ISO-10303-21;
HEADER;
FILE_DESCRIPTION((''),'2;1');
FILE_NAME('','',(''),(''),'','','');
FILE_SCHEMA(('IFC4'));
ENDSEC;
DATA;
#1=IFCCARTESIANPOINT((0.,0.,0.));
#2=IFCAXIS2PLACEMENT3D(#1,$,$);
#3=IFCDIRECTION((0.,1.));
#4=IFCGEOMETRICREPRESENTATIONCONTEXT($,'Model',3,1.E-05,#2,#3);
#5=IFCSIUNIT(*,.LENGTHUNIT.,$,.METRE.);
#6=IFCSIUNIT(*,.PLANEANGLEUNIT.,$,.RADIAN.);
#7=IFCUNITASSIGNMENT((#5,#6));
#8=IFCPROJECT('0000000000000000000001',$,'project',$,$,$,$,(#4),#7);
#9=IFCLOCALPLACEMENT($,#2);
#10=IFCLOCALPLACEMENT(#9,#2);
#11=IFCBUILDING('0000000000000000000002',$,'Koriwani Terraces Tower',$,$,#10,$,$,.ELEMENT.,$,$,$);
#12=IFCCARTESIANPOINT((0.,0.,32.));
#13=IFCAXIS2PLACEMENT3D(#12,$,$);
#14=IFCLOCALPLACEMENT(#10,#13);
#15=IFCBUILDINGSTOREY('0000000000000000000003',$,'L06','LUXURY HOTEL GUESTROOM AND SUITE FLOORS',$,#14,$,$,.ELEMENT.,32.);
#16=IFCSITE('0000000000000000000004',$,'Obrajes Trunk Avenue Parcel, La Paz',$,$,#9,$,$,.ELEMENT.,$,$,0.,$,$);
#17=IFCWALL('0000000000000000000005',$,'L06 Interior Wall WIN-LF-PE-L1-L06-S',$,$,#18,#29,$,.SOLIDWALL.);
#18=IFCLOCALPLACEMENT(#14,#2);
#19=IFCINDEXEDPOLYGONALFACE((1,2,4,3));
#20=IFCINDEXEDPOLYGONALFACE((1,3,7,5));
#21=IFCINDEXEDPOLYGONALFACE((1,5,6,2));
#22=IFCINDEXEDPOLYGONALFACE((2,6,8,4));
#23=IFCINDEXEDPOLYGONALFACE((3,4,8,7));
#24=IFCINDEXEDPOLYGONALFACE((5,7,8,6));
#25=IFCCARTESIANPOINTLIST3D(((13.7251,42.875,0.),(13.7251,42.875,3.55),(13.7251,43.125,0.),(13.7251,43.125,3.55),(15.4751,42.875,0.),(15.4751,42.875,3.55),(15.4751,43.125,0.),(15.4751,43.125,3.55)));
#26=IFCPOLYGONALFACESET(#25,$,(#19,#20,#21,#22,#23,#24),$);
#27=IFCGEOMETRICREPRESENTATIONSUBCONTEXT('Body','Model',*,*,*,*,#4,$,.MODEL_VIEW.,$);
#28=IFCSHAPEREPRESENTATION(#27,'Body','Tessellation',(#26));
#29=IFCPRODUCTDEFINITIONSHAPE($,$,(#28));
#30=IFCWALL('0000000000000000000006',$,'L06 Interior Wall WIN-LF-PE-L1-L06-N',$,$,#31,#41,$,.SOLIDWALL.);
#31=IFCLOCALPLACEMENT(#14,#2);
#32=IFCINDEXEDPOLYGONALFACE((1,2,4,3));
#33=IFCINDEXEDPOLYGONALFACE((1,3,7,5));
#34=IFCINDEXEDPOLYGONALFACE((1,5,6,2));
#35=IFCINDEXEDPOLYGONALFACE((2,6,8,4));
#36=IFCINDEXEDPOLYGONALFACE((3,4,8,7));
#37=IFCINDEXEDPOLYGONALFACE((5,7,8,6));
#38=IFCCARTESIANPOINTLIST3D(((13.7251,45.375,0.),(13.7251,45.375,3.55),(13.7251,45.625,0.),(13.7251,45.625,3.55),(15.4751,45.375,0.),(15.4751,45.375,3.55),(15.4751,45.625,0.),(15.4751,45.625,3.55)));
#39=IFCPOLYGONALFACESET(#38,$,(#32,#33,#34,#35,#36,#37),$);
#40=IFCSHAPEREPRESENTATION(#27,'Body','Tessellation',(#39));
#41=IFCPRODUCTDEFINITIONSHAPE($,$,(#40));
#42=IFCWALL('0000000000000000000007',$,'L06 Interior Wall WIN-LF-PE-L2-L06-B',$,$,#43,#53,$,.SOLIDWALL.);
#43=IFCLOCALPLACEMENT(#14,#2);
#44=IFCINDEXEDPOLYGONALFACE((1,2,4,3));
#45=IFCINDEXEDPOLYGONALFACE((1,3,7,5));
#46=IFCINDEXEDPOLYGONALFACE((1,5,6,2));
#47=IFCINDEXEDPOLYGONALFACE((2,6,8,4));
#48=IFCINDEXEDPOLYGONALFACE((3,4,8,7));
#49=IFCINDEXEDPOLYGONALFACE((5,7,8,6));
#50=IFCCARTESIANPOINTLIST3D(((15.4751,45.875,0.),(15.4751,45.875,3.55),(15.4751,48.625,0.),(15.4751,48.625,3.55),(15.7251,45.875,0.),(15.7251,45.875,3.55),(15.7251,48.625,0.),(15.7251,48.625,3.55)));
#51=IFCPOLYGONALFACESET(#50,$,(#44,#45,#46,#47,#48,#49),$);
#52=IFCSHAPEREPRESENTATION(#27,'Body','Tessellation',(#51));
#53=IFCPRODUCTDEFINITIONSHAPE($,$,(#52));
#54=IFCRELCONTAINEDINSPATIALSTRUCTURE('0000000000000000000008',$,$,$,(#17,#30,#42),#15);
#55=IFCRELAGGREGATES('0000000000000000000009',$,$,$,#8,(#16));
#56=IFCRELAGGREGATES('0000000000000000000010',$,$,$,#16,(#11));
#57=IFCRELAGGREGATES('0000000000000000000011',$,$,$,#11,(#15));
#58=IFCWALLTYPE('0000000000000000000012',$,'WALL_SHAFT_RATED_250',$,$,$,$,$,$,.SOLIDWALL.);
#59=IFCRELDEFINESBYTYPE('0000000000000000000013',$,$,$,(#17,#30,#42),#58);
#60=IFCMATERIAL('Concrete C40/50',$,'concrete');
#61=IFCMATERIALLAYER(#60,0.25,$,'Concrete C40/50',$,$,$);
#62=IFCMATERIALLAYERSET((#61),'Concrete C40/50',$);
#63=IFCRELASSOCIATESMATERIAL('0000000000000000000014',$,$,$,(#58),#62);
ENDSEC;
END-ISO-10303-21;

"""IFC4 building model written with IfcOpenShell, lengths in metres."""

from ifc_helpers import new_model, si_unit, direction, frame, frame_2d, origin, place, context, subcontext, project, spatial, rectangle, extrude, material, layer, layer_set, type_object, element, save


model = new_model("IFC4")

# Units and contexts
model_context = context("Model", 3, precision=1e-05, world=origin(), true_north=direction((0.0, 1.0)))
body_context = subcontext(model_context, "Body", "Model", "MODEL_VIEW")
ifc_project = project(units=[si_unit("LENGTHUNIT", "METRE"), si_unit("PLANEANGLEUNIT", "RADIAN")], contexts=[model_context])

# Site, building, storey
site_placement = place(None, origin())
site = spatial("IfcSite", under=ifc_project, at=site_placement, Name="Obrajes Trunk Avenue Parcel, La Paz", CompositionType="ELEMENT", RefElevation=0.0)
building_placement = place(site_placement, origin())
building = spatial("IfcBuilding", under=site, at=building_placement, Name="Koriwani Terraces Tower", CompositionType="ELEMENT")
storey_placement = place(building_placement, frame((0.0, 0.0, 32.0)))
storey = spatial("IfcBuildingStorey", under=building, at=storey_placement, Name="L06", Description="LUXURY HOTEL GUESTROOM AND SUITE FLOORS", CompositionType="ELEMENT", Elevation=32.0)

# Shared definitions
ifc_material_1 = material(Name="Concrete C40/50", Category="concrete")

# Shared definitions
ifc_layer_1 = layer(ifc_material_1, 0.25, Name="Concrete C40/50")
ifc_layer_set_1 = layer_set([ifc_layer_1], Name="Concrete C40/50")
wall_type_1 = type_object("IfcWallType", Name="WALL_SHAFT_RATED_250", PredefinedType="SOLIDWALL", material=ifc_layer_set_1)

# Walls
for number, where, z_axis, x_axis, name in (
    (1, (13.7251, 43.0, 0.0), (0.0, 0.0, 1.0), (1.0, 0.0, 0.0), "L06 Interior Wall WIN-LF-PE-L1-L06-S"),
    (2, (13.7251, 45.5, 0.0), (0.0, 0.0, 1.0), (1.0, 0.0, 0.0), "L06 Interior Wall WIN-LF-PE-L1-L06-N"),
):
    element("IfcWall", number, at=place(storey_placement, frame(where, z_axis=z_axis, x_axis=x_axis)), inside=storey, type_object=wall_type_1, Name=name, PredefinedType="SOLIDWALL", context=body_context, shape_type="SweptSolid", body=[
        extrude(rectangle(XDim=1.75, YDim=0.25, at=frame_2d((0.875, 0.0))), origin(), (0.0, 0.0, 1.0), 3.55),
    ])

# Wall
wall_1_placement = place(storey_placement, frame((15.6001, 45.875, 0.0), z_axis=(0.0, 0.0, 1.0), x_axis=(0.0, 1.0, 0.0)))
element("IfcWall", 3, at=wall_1_placement, inside=storey, type_object=wall_type_1, Name="L06 Interior Wall WIN-LF-PE-L2-L06-B", PredefinedType="SOLIDWALL", context=body_context, shape_type="SweptSolid", body=[
    extrude(rectangle(XDim=2.75, YDim=0.25, at=frame_2d((1.375, 0.0))), origin(), (0.0, 0.0, 1.0), 3.55),
])

save(model, "model.ifc")
